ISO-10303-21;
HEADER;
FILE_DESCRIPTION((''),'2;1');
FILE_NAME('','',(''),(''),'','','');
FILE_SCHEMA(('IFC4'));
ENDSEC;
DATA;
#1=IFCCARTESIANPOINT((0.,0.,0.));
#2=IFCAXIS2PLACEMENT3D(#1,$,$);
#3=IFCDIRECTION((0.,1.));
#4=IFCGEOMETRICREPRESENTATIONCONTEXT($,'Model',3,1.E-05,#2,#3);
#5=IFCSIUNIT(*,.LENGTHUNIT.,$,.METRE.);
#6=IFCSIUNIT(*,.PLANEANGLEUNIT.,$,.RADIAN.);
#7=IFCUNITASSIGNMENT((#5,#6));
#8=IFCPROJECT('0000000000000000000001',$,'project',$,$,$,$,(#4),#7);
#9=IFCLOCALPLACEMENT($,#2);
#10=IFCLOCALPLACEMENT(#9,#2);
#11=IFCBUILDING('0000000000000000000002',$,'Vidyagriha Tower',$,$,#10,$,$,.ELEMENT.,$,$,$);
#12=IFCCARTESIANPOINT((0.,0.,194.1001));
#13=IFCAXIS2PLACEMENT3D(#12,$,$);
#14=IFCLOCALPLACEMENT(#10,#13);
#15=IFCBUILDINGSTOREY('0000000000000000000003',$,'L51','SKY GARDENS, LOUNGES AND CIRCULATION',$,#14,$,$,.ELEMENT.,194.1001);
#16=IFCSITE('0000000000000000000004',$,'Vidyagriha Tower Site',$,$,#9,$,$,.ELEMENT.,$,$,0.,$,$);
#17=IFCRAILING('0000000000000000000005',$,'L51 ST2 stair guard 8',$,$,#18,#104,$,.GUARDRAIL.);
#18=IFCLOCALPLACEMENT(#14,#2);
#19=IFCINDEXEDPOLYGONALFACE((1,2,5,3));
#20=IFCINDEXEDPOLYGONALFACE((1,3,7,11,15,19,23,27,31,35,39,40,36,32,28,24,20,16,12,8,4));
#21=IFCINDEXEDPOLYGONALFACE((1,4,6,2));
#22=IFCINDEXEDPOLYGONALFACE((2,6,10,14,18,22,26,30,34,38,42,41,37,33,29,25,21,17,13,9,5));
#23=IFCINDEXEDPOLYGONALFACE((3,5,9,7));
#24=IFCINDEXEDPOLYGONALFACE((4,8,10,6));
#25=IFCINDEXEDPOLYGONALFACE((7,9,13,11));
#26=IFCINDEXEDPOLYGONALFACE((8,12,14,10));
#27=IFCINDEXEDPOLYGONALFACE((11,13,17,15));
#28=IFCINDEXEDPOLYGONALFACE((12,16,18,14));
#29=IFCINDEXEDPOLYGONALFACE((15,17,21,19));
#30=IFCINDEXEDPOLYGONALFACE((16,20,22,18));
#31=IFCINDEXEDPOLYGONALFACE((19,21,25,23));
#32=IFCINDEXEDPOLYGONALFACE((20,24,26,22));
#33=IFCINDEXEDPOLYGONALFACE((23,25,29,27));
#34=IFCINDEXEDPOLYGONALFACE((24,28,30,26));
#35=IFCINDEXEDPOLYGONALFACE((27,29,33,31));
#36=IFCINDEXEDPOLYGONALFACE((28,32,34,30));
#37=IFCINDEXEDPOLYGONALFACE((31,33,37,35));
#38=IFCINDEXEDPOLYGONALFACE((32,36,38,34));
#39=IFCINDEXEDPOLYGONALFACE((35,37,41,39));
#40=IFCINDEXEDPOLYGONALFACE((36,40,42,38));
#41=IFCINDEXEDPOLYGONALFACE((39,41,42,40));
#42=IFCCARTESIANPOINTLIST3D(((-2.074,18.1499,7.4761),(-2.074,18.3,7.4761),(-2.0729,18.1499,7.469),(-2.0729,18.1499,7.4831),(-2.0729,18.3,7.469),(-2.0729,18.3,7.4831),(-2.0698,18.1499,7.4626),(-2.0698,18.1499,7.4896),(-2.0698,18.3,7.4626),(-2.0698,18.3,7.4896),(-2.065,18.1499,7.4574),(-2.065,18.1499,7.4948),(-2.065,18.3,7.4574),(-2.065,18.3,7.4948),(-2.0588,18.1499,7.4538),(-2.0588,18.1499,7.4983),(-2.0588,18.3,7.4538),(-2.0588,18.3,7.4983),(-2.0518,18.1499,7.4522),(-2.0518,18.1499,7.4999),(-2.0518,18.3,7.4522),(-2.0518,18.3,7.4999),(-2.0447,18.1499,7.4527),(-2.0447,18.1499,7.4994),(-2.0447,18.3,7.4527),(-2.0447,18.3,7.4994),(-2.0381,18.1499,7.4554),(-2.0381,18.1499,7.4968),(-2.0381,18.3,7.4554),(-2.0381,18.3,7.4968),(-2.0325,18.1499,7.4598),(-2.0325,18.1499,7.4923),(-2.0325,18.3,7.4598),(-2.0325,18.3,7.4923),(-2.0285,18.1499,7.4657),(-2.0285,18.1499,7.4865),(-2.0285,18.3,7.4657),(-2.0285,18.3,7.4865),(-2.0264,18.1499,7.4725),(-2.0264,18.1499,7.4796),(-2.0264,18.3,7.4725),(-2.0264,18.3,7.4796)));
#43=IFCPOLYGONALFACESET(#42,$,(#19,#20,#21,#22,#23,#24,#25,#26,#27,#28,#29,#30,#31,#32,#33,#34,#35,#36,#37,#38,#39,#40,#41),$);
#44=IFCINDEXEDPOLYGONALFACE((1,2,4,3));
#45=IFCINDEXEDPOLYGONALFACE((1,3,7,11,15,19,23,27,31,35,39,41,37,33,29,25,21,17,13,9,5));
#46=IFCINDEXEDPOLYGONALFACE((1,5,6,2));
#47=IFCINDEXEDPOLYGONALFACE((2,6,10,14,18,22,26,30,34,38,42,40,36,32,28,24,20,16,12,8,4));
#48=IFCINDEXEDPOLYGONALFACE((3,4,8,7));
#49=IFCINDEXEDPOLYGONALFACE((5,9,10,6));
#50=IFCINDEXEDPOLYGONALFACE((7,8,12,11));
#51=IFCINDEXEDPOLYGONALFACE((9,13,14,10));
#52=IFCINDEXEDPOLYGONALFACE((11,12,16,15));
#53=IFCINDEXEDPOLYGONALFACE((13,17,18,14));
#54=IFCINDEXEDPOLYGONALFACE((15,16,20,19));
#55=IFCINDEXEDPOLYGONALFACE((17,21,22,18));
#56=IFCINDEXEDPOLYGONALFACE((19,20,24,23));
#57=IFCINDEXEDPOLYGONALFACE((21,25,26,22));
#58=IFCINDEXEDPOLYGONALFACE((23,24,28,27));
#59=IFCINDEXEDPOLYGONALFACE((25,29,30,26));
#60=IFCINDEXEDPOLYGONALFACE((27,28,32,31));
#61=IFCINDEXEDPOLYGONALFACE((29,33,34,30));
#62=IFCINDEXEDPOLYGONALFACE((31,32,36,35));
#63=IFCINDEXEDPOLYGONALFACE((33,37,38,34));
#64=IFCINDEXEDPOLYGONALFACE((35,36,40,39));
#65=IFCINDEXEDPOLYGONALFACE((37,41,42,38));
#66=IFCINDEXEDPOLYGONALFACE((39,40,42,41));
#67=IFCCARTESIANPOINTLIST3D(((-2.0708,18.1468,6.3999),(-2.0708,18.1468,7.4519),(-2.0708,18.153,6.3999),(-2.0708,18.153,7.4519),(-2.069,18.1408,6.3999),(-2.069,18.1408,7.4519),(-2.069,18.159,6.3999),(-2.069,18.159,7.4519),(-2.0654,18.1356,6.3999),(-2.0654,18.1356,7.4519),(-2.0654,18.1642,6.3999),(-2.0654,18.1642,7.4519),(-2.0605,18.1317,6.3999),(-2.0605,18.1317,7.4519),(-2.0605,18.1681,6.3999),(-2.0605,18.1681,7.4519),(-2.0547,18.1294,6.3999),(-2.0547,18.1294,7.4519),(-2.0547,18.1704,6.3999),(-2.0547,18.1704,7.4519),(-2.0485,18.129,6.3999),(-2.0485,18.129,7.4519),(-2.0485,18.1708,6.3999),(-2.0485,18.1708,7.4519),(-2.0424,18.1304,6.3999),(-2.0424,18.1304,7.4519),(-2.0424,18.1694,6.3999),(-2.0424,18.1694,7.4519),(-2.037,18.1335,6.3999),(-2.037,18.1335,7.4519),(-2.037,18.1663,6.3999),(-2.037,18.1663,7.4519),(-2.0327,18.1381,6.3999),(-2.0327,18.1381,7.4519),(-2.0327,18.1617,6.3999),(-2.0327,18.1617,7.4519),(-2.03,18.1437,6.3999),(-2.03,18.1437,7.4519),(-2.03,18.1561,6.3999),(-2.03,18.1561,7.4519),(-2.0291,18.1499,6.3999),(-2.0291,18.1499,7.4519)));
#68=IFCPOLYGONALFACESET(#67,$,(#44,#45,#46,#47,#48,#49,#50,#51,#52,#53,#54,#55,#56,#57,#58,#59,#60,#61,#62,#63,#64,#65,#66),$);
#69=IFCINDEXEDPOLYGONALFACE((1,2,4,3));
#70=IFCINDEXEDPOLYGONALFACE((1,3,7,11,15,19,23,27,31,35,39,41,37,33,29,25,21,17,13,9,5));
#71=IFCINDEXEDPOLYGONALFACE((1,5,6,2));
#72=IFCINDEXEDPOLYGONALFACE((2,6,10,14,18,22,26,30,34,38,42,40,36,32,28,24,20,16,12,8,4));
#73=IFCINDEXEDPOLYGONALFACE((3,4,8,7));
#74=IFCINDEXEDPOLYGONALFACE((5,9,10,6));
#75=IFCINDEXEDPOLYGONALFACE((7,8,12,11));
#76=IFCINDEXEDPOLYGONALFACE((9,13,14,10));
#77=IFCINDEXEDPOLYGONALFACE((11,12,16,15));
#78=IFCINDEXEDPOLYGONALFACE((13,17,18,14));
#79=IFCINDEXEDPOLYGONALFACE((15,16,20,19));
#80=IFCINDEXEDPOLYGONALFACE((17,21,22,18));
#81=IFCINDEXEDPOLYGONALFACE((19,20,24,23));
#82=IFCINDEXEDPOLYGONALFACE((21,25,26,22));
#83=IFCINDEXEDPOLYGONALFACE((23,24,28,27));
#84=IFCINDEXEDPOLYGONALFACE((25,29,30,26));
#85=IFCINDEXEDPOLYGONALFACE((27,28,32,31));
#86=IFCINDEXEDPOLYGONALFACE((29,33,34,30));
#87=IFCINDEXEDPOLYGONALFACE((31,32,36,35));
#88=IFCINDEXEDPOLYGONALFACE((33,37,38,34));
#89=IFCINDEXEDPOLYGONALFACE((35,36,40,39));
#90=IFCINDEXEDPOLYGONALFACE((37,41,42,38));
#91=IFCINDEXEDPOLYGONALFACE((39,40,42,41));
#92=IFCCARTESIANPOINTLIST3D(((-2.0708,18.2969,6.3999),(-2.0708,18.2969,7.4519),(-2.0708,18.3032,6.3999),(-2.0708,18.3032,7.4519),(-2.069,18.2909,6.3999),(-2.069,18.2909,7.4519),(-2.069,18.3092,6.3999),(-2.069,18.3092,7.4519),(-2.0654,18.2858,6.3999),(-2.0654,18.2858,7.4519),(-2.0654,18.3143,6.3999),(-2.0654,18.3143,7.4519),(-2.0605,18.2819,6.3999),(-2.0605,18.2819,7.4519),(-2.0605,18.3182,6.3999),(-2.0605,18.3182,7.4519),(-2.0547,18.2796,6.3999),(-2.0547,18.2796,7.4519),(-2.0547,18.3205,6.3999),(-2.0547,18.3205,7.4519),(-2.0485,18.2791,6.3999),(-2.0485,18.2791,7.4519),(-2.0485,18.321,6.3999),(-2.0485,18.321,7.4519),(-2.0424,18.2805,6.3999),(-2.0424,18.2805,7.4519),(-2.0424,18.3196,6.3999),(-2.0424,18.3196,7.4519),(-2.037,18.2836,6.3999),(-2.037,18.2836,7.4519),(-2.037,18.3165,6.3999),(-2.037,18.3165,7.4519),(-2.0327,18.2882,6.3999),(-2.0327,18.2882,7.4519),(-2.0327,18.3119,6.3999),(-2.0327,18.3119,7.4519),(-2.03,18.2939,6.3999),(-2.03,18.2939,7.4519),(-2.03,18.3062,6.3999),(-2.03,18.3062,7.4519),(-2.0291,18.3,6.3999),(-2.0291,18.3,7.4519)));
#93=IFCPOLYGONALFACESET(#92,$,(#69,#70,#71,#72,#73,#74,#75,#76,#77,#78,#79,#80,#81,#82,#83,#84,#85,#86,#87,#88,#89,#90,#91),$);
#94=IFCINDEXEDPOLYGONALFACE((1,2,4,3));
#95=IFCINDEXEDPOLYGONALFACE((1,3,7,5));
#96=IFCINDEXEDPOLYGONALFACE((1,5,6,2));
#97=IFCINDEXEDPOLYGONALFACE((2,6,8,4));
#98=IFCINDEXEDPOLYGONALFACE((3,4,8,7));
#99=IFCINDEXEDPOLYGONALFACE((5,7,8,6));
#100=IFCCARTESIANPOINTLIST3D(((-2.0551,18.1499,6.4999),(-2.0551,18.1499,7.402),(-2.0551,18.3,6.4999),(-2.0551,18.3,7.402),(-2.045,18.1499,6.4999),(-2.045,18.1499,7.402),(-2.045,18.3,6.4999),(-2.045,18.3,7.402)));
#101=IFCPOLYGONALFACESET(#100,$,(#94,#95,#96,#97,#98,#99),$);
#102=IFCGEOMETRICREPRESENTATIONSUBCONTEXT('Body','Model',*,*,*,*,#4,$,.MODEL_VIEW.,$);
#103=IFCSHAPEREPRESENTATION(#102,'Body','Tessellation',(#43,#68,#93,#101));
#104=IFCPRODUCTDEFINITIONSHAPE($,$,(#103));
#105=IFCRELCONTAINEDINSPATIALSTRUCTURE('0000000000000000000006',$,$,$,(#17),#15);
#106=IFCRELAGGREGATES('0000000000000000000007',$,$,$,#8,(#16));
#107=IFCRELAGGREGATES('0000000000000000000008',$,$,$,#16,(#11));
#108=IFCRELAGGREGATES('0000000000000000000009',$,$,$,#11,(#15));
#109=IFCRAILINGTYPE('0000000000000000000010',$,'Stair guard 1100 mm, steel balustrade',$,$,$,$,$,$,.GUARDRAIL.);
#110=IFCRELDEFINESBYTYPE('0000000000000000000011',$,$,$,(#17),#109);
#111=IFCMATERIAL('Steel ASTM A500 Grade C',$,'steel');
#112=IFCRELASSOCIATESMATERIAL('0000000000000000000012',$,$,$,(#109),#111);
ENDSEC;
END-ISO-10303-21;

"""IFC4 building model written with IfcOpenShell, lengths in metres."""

from ifc_helpers import new_model, si_unit, direction, frame, origin, origin_2d, place, context, subcontext, project, spatial, rectangle, circle, extrude, material, type_object, element, save


model = new_model("IFC4")

# Units and contexts
model_context = context("Model", 3, precision=1e-05, world=origin(), true_north=direction((0.0, 1.0)))
body_context = subcontext(model_context, "Body", "Model", "MODEL_VIEW")
ifc_project = project(units=[si_unit("LENGTHUNIT", "METRE"), si_unit("PLANEANGLEUNIT", "RADIAN")], contexts=[model_context])

# Site, building, storey
site_placement = place(None, origin())
site = spatial("IfcSite", under=ifc_project, at=site_placement, Name="Vidyagriha Tower Site", CompositionType="ELEMENT", RefElevation=0.0)
building_placement = place(site_placement, origin())
building = spatial("IfcBuilding", under=site, at=building_placement, Name="Vidyagriha Tower", CompositionType="ELEMENT")
storey_placement = place(building_placement, frame((0.0, 0.0, 194.1001)))
storey = spatial("IfcBuildingStorey", under=building, at=storey_placement, Name="L51", Description="SKY GARDENS, LOUNGES AND CIRCULATION", CompositionType="ELEMENT", Elevation=194.1001)

# Railing
ifc_material_1 = material(Name="Steel ASTM A500 Grade C", Category="steel")
railing_type_1 = type_object("IfcRailingType", Name="Stair guard 1100 mm, steel balustrade", PredefinedType="GUARDRAIL", material=ifc_material_1)
railing_1_placement = place(storey_placement, frame((-2.05, 18.1499, 6.3999)))
element("IfcRailing", 1, at=railing_1_placement, inside=storey, type_object=railing_type_1, Name="L51 ST2 stair guard 8", PredefinedType="GUARDRAIL", context=body_context, shape_type="SweptSolid", body=[
    extrude(circle(Radius=0.0239, at=origin_2d()), frame((0.0, 0.0, 1.0762), z_axis=(0.0, 1.0, 0.0), x_axis=(-1.0, 0.0, 0.0)), (0.0, 0.0, 1.0), 0.1501),
    extrude(circle(Radius=0.021, at=origin_2d()), origin(), (0.0, 0.0, 1.0), 1.052),
    extrude(circle(Radius=0.021, at=origin_2d()), frame((0.0, 0.1501, 0.0)), (0.0, 0.0, 1.0), 1.052),
    extrude(rectangle(XDim=0.01, YDim=0.9021, at=origin_2d()), frame((0.0, 0.0, 0.551), z_axis=(0.0, 1.0, 0.0), x_axis=(-1.0, 0.0, 0.0)), (0.0, 0.0, 1.0), 0.1501),
])

save(model, "model.ifc")
